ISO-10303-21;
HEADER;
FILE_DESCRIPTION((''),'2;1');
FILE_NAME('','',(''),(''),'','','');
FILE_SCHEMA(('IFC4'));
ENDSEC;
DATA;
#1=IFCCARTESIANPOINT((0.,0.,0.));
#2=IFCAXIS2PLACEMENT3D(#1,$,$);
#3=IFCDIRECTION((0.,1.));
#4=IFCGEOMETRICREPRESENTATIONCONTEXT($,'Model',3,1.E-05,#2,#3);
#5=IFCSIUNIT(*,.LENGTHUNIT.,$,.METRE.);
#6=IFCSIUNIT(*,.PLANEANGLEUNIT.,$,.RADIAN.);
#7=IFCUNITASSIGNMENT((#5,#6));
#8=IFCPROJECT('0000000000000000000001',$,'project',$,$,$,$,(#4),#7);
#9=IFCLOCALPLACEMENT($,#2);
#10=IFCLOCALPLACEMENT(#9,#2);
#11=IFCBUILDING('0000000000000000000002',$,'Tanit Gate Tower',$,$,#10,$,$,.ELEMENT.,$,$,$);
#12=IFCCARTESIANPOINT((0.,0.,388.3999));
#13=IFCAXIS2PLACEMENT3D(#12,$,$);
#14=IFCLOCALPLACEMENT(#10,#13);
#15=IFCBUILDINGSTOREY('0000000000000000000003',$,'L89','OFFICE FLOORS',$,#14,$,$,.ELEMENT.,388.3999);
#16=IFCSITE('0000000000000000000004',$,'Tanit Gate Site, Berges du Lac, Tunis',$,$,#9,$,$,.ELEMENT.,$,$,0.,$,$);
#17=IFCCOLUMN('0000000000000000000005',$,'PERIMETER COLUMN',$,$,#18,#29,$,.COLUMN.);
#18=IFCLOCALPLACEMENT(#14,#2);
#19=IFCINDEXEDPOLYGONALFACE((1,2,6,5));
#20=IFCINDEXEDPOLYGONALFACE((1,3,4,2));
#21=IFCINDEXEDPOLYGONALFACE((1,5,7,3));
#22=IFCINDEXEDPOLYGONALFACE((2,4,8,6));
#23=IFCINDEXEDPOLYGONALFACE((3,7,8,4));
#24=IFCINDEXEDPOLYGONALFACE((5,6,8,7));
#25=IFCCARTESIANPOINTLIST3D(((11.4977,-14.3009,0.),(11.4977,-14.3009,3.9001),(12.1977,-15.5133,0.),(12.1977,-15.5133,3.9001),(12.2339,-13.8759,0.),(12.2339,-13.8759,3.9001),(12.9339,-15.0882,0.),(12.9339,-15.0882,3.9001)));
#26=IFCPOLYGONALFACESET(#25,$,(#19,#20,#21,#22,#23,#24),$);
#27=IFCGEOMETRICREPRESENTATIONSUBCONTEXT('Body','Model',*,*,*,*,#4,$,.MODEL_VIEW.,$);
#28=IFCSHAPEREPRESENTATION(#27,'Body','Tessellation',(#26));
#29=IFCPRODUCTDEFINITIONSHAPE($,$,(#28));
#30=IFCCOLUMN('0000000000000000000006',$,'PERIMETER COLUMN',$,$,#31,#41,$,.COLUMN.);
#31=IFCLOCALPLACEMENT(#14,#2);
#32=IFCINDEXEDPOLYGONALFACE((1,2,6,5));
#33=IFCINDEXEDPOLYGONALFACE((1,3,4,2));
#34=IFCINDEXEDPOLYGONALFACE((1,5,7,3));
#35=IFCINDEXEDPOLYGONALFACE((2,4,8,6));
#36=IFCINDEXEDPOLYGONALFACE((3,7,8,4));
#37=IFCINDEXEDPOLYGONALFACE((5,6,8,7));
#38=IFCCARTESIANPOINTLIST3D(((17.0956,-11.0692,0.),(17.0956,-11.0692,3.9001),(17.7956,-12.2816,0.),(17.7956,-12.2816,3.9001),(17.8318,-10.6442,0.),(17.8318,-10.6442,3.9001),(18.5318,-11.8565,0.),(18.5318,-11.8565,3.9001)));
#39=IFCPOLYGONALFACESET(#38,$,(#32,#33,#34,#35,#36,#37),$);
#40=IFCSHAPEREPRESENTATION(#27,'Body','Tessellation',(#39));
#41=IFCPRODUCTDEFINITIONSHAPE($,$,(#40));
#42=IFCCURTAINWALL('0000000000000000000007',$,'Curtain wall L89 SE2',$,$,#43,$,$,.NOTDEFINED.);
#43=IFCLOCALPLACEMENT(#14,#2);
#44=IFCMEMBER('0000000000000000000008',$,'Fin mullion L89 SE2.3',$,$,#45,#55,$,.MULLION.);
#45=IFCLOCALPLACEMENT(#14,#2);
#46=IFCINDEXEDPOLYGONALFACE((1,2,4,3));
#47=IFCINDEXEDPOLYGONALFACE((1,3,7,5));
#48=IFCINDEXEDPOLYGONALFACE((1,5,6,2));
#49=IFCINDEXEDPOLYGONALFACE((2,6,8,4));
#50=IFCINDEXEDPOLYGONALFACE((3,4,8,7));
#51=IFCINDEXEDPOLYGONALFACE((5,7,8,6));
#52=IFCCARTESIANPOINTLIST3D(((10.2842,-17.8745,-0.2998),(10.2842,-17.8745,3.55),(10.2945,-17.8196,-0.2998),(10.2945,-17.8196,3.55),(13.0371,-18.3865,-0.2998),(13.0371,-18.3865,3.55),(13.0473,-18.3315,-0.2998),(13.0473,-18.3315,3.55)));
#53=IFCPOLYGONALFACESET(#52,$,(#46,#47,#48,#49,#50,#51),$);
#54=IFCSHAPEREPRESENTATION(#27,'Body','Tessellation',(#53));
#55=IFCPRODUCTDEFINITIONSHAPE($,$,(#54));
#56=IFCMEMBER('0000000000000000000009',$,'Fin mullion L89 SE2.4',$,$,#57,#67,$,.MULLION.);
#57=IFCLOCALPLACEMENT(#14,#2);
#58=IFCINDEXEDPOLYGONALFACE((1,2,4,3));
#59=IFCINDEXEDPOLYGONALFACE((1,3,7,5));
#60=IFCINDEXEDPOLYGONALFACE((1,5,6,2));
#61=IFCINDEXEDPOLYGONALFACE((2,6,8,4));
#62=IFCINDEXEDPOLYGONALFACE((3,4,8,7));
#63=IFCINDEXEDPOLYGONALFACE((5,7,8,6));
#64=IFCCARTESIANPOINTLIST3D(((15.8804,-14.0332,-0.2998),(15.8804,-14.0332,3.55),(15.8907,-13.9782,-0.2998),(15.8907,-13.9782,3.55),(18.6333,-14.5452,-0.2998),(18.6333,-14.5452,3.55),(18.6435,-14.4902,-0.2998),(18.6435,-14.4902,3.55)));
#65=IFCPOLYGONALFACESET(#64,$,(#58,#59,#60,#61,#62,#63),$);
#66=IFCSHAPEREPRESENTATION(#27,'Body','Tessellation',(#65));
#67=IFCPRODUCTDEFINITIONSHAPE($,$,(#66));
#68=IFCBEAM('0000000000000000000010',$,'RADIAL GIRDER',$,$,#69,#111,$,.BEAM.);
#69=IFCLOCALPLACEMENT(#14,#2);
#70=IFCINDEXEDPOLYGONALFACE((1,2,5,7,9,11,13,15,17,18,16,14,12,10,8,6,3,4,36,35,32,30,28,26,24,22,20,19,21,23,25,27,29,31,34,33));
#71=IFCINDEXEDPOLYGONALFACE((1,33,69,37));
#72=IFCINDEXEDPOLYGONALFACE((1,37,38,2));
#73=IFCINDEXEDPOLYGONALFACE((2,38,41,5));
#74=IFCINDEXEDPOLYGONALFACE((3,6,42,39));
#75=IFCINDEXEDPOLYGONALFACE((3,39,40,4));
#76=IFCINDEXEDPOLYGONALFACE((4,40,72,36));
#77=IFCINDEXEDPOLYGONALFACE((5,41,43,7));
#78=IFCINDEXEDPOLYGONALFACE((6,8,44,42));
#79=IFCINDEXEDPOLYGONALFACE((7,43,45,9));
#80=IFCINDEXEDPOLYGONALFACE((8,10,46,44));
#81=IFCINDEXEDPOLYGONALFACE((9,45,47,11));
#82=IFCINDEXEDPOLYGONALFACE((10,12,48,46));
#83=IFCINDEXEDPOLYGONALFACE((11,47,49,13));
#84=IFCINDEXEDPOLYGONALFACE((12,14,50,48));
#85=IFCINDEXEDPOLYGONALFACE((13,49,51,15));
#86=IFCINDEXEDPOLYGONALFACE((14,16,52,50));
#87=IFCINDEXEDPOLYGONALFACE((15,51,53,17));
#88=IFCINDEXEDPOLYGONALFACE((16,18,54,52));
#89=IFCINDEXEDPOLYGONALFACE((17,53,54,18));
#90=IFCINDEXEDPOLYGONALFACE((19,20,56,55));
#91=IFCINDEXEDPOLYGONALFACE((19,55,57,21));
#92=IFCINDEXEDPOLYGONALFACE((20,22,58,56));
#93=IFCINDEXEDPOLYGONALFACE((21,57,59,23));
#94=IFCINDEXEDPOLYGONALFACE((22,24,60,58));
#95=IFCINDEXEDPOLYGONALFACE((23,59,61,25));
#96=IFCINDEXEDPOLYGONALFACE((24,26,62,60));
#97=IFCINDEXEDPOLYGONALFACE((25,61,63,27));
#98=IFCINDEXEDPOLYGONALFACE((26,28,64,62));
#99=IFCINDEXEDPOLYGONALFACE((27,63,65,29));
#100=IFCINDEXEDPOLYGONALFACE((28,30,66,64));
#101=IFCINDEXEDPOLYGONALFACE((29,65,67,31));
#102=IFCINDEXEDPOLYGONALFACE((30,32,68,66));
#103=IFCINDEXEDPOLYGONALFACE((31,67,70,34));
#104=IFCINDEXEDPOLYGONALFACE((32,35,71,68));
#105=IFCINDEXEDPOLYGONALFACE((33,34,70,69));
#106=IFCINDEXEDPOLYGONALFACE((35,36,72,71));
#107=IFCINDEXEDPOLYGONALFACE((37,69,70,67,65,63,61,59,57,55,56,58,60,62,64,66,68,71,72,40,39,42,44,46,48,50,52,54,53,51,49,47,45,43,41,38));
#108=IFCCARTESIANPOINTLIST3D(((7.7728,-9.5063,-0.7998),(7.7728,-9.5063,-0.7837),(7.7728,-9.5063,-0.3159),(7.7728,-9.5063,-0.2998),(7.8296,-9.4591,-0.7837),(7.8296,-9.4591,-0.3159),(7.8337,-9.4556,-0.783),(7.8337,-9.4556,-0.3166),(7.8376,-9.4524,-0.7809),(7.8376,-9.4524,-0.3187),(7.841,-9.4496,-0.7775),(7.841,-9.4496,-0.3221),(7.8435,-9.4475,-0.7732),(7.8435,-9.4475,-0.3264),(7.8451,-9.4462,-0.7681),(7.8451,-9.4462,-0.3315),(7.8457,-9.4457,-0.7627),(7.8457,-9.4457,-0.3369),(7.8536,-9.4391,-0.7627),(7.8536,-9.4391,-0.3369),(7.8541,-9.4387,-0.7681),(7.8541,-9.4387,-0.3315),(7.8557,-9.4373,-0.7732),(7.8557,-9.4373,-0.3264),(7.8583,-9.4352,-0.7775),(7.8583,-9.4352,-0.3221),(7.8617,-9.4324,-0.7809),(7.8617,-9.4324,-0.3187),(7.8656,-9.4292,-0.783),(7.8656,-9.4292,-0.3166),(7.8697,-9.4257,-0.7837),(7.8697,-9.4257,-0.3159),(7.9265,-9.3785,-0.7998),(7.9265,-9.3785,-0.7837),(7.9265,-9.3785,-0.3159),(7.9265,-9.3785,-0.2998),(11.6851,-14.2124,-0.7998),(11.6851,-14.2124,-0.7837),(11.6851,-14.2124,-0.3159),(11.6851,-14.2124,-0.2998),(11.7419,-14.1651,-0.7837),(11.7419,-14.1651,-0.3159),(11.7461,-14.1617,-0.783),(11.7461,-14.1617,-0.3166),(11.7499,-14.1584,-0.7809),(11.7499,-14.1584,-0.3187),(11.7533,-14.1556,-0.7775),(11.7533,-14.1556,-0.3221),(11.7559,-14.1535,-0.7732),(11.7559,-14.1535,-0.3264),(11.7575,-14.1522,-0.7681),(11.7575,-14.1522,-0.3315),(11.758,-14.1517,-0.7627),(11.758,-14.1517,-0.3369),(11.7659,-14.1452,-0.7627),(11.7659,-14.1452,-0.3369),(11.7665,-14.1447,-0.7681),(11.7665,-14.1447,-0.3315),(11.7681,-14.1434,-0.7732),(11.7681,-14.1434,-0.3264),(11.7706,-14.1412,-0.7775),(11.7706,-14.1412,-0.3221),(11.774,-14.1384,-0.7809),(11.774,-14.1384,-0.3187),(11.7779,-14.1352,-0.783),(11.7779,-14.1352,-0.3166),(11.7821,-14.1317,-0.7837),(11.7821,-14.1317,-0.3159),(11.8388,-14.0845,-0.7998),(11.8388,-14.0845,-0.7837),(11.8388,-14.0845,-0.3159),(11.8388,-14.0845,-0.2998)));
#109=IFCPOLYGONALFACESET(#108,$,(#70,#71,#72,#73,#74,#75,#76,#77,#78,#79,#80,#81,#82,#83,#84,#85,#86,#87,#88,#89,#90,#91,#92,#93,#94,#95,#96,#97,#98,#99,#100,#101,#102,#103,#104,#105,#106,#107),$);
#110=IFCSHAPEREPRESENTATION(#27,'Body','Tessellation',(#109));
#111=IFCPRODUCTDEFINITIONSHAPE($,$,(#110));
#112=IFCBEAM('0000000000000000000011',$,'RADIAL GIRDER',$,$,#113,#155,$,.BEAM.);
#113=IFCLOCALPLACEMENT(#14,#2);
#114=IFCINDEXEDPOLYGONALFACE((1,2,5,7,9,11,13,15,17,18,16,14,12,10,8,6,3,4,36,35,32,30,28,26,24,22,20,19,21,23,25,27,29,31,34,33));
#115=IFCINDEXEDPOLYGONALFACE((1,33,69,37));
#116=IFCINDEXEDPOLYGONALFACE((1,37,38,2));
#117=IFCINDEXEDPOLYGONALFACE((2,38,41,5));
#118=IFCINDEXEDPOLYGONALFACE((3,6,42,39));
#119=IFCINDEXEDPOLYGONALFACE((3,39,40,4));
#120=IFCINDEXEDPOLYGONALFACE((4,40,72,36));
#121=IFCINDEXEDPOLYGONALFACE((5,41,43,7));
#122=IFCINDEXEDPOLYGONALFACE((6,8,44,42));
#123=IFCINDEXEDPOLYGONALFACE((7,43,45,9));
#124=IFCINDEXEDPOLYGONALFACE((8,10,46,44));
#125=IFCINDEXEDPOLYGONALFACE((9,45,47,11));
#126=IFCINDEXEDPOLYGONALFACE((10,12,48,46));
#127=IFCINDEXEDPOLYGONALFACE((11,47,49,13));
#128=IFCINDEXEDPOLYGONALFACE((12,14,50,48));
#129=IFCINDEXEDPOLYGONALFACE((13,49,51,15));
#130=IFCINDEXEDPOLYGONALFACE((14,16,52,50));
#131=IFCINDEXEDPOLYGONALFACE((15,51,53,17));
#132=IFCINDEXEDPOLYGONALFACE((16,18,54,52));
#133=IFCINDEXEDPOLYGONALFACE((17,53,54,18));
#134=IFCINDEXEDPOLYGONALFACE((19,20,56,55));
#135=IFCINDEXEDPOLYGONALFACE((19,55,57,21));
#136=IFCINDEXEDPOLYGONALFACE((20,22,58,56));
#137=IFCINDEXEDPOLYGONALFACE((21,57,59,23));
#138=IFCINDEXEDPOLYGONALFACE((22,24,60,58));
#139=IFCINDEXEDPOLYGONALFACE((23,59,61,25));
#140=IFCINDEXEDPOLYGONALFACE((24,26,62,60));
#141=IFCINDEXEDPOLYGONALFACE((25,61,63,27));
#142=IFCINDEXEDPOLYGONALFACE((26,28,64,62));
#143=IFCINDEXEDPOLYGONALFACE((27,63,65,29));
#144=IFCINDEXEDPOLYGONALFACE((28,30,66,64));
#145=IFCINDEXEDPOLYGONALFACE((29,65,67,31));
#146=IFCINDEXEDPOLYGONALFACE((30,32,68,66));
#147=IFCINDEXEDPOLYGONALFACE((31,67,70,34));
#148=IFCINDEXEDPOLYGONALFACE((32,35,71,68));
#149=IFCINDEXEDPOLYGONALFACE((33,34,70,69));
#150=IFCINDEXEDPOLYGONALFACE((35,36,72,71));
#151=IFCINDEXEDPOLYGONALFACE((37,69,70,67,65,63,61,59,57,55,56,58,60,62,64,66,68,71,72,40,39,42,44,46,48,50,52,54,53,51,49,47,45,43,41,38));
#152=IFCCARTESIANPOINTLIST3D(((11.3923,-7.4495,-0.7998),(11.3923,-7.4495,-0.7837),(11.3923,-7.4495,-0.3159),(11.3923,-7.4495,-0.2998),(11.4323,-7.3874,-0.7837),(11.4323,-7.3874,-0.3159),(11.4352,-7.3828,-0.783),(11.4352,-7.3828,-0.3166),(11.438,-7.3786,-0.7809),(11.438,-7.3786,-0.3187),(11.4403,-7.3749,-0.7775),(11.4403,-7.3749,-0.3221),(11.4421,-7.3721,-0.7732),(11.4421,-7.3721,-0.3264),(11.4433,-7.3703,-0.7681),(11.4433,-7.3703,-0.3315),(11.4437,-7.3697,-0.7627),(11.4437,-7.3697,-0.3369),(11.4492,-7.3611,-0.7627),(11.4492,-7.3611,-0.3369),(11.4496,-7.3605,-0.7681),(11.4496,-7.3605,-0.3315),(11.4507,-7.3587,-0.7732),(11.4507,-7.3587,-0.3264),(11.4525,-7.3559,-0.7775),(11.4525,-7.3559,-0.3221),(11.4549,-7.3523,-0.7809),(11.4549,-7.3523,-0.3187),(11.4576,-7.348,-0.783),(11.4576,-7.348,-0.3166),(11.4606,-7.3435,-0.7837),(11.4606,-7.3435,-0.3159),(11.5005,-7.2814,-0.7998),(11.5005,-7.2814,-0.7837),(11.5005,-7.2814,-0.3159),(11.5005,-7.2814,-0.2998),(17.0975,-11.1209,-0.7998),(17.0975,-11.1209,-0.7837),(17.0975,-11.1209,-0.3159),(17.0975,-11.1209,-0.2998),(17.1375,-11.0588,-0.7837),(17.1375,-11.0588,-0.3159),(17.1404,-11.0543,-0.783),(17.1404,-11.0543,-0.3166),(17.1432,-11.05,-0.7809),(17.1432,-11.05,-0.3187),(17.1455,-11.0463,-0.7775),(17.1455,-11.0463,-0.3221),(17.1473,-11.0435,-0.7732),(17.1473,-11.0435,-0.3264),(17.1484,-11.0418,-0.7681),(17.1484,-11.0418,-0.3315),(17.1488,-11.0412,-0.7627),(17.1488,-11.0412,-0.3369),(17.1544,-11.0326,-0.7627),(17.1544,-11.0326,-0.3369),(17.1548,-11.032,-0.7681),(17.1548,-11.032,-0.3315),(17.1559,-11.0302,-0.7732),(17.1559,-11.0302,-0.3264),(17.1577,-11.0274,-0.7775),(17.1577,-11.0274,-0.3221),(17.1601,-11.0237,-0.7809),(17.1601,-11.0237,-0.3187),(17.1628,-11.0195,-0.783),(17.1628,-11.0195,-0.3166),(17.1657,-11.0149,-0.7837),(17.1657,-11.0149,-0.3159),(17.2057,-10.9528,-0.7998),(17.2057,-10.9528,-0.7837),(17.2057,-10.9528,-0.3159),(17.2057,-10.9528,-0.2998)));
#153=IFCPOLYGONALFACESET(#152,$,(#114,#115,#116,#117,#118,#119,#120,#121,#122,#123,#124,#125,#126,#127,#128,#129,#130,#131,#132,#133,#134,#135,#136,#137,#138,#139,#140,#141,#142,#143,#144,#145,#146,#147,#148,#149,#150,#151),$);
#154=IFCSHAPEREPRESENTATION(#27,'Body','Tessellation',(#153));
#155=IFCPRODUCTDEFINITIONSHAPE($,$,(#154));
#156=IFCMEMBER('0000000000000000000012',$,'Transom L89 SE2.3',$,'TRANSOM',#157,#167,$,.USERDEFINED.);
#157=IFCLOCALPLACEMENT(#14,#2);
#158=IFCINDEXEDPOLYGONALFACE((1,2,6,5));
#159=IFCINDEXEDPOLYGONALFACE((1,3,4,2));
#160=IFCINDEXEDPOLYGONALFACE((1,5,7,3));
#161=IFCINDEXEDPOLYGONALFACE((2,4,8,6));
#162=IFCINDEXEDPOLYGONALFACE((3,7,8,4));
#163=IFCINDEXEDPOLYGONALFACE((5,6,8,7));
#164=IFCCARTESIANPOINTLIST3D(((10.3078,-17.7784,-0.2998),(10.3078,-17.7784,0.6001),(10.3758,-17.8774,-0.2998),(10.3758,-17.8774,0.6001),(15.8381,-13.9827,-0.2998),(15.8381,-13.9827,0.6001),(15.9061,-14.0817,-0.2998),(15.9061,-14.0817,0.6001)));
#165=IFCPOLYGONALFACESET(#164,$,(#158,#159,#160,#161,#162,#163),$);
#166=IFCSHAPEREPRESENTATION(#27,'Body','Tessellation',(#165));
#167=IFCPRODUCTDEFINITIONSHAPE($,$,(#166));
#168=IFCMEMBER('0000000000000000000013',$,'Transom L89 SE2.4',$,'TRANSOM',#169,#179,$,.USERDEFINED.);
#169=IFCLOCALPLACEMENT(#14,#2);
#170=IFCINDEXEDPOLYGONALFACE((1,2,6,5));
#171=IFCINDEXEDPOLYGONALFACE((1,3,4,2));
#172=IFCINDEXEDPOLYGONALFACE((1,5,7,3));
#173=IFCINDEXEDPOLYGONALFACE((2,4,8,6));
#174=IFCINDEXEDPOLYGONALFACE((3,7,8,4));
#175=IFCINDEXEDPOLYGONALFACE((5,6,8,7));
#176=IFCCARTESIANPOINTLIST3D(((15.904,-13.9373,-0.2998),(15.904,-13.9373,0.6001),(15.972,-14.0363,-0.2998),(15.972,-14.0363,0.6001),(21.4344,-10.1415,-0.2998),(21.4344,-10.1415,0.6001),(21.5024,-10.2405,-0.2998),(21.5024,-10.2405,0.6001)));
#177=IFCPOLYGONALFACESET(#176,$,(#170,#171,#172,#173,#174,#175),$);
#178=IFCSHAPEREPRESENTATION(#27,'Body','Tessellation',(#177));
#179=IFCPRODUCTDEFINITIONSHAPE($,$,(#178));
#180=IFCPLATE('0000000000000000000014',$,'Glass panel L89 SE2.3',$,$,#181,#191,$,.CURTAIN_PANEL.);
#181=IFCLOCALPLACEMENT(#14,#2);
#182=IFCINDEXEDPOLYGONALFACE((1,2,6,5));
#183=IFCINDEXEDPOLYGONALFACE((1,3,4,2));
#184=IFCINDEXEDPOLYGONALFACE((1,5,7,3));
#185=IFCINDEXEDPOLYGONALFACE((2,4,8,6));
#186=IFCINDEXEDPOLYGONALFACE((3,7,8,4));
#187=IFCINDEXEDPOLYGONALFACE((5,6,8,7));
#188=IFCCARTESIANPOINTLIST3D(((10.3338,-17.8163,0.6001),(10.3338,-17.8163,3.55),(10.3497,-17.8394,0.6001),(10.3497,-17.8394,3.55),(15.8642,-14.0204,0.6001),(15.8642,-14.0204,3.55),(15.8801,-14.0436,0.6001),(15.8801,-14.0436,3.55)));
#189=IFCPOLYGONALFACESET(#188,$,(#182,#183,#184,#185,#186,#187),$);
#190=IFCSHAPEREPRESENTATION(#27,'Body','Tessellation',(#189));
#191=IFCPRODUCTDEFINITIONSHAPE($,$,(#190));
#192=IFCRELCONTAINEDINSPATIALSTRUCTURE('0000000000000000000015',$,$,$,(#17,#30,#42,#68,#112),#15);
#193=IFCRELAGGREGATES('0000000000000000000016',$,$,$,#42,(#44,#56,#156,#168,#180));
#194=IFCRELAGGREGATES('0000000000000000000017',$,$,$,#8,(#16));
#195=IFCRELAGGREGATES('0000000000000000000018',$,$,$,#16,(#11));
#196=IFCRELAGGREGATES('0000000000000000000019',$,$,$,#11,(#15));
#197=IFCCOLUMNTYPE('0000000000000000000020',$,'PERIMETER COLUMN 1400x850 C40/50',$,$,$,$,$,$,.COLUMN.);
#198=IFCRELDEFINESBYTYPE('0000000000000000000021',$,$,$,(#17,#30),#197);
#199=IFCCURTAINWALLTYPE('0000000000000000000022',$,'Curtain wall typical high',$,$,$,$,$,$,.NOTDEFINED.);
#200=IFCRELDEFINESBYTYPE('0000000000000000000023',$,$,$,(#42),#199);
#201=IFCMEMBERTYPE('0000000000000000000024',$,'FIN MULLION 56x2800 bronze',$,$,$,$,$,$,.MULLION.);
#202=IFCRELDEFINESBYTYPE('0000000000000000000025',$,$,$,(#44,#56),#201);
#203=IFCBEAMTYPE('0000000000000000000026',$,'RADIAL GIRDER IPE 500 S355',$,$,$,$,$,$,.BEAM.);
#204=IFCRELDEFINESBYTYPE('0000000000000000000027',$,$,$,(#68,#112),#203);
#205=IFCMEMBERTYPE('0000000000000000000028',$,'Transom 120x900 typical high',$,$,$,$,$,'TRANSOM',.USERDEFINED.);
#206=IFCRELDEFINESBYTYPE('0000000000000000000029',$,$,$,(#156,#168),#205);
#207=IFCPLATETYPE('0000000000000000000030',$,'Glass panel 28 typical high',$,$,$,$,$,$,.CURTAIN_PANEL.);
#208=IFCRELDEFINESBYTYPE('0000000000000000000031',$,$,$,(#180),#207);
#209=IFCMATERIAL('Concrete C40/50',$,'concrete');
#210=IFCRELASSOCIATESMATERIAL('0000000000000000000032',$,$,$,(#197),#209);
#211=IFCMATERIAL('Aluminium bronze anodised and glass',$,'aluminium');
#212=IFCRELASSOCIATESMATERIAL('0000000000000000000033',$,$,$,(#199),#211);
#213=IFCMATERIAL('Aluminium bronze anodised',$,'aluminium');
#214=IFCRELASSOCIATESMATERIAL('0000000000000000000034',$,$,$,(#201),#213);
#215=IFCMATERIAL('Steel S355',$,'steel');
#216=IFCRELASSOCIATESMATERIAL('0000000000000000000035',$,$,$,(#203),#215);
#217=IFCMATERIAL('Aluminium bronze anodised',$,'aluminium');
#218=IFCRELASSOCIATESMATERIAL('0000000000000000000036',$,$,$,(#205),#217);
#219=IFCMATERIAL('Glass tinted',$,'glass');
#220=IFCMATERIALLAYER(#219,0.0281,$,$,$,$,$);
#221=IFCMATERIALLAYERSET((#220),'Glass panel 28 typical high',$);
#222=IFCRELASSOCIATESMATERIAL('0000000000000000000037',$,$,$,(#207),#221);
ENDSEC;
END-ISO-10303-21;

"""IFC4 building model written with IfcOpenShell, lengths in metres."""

from ifc_helpers import new_model, si_unit, direction, frame, origin, origin_2d, place, context, subcontext, project, spatial, rectangle, i_section, extrude, material, layer, layer_set, material_profile, profile_set, type_object, element, aggregate, save


model = new_model("IFC4")

# Units and contexts
model_context = context("Model", 3, precision=1e-05, world=origin(), true_north=direction((0.0, 1.0)))
body_context = subcontext(model_context, "Body", "Model", "MODEL_VIEW")
ifc_project = project(units=[si_unit("LENGTHUNIT", "METRE"), si_unit("PLANEANGLEUNIT", "RADIAN")], contexts=[model_context])

# Site, building, storey
site_placement = place(None, origin())
site = spatial("IfcSite", under=ifc_project, at=site_placement, Name="Tanit Gate Site, Berges du Lac, Tunis", CompositionType="ELEMENT", RefElevation=0.0)
building_placement = place(site_placement, origin())
building = spatial("IfcBuilding", under=site, at=building_placement, Name="Tanit Gate Tower", CompositionType="ELEMENT")
storey_placement = place(building_placement, frame((0.0, 0.0, 388.3999)))
storey = spatial("IfcBuildingStorey", under=building, at=storey_placement, Name="L89", Description="OFFICE FLOORS", CompositionType="ELEMENT", Elevation=388.3999)

# Columns
ifc_material_1 = material(Name="Concrete C40/50", Category="concrete")
ifc_material_profile_1 = material_profile(ifc_material_1, rectangle(XDim=1.3999, YDim=0.8501, at=origin_2d()), Name="RC 1400x850")
ifc_profile_set_1 = profile_set([ifc_material_profile_1], Name="Concrete C40/50")
column_type = type_object("IfcColumnType", Name="PERIMETER COLUMN 1400x850 C40/50", PredefinedType="COLUMN", material=ifc_profile_set_1)
for number, where, z_axis, x_axis, name in (
    (1, (12.2158, -14.6946, 0.0), (0.0, 0.0, 1.0), (0.5, -0.866025, 0.0), "PERIMETER COLUMN"),
    (2, (17.8137, -11.4629, 0.0), (0.0, 0.0, 1.0), (0.5, -0.866025, 0.0), "PERIMETER COLUMN"),
):
    element("IfcColumn", number, at=place(storey_placement, frame(where, z_axis=z_axis, x_axis=x_axis)), inside=storey, type_object=column_type, Name=name, PredefinedType="COLUMN", context=body_context, shape_type="SweptSolid", body=[
        extrude(rectangle(XDim=1.3999, YDim=0.8501, at=origin_2d()), origin(), (0.0, 0.0, 1.0), 3.9001),
    ])

# Curtain wall, members
ifc_material_2 = material(Name="Aluminium bronze anodised and glass", Category="aluminium")
curtain_wall_type = type_object("IfcCurtainWallType", Name="Curtain wall typical high", PredefinedType="NOTDEFINED", material=ifc_material_2)
curtain_wall_placement = place(storey_placement, origin())
curtain_wall = element("IfcCurtainWall", 3, at=curtain_wall_placement, inside=storey, type_object=curtain_wall_type, Name="Curtain wall L89 SE2", PredefinedType="NOTDEFINED")
ifc_material_3 = material(Name="Aluminium bronze anodised", Category="aluminium")
ifc_material_profile_2 = material_profile(ifc_material_3, rectangle(XDim=2.8, YDim=0.0559, at=origin_2d()), Name="56x2800 bronze fin mullion")
ifc_profile_set_2 = profile_set([ifc_material_profile_2], Name="Aluminium bronze anodised")
member_type_1 = type_object("IfcMemberType", Name="FIN MULLION 56x2800 bronze", PredefinedType="MULLION", material=ifc_profile_set_2)
member_1_placement = place(storey_placement, frame((11.6658, -18.103, -0.2998), z_axis=(0.0, 0.0, 1.0), x_axis=(-0.983141, 0.182847, 0.0)))
member_1 = element("IfcMember", 4, at=member_1_placement, type_object=member_type_1, Name="Fin mullion L89 SE2.3", PredefinedType="MULLION", context=body_context, shape_type="SweptSolid", body=[
    extrude(rectangle(XDim=2.8, YDim=0.0559, at=origin_2d()), origin(), (0.0, 0.0, 1.0), 3.8499),
])
member_2_placement = place(storey_placement, frame((17.262, -14.2617, -0.2998), z_axis=(0.0, 0.0, 1.0), x_axis=(-0.983141, 0.182847, 0.0)))
member_2 = element("IfcMember", 5, at=member_2_placement, type_object=member_type_1, Name="Fin mullion L89 SE2.4", PredefinedType="MULLION", context=body_context, shape_type="SweptSolid", body=[
    extrude(rectangle(XDim=2.8, YDim=0.0559, at=origin_2d()), origin(), (0.0, 0.0, 1.0), 3.8499),
])

# Beams
ifc_material_4 = material(Name="Steel S355", Category="steel")
ifc_material_profile_3 = material_profile(ifc_material_4, i_section(OverallWidth=0.2, OverallDepth=0.5, WebThickness=0.0103, FlangeThickness=0.0161, FilletRadius=0.021, at=origin_2d()), Name="IPE 500")
ifc_profile_set_3 = profile_set([ifc_material_profile_3], Name="Steel S355")
beam_type = type_object("IfcBeamType", Name="RADIAL GIRDER IPE 500 S355", PredefinedType="BEAM", material=ifc_profile_set_3)
beam_1_placement = place(storey_placement, frame((11.762, -14.1484, -0.5498), z_axis=(-0.639281, 0.768973, 0.0), x_axis=(-0.768973, -0.639281, 0.0)))
element("IfcBeam", 6, at=beam_1_placement, inside=storey, type_object=beam_type, Name="RADIAL GIRDER", PredefinedType="BEAM", context=body_context, shape_type="SweptSolid", body=[
    extrude(i_section(OverallWidth=0.2, OverallDepth=0.5, WebThickness=0.0103, FlangeThickness=0.0161, FilletRadius=0.021, at=origin_2d()), origin(), (0.0, 0.0, 1.0), 6.1199),
])
beam_2_placement = place(storey_placement, frame((17.1516, -11.0369, -0.5498), z_axis=(-0.840921, 0.541158, 0.0), x_axis=(-0.541158, -0.840921, 0.0)))
element("IfcBeam", 7, at=beam_2_placement, inside=storey, type_object=beam_type, Name="RADIAL GIRDER", PredefinedType="BEAM", context=body_context, shape_type="SweptSolid", body=[
    extrude(i_section(OverallWidth=0.2, OverallDepth=0.5, WebThickness=0.0103, FlangeThickness=0.0161, FilletRadius=0.021, at=origin_2d()), origin(), (0.0, 0.0, 1.0), 6.7844),
])

# Members
ifc_material_5 = material(Name="Aluminium bronze anodised", Category="aluminium")
ifc_material_profile_4 = material_profile(ifc_material_5, rectangle(XDim=0.1201, YDim=0.8999, at=origin_2d()), Name="120x900 bronze transom")
ifc_profile_set_4 = profile_set([ifc_material_profile_4], Name="Aluminium bronze anodised")
member_type_2 = type_object("IfcMemberType", Name="Transom 120x900 typical high", ElementType="TRANSOM", PredefinedType="USERDEFINED", material=ifc_profile_set_4)
member_3_placement = place(storey_placement, frame((10.3418, -17.8279, 0.1501), z_axis=(0.824488, 0.56588, 0.0), x_axis=(-0.56588, 0.824488, 0.0)))
member_3 = element("IfcMember", 8, at=member_3_placement, type_object=member_type_2, Name="Transom L89 SE2.3", ObjectType="TRANSOM", PredefinedType="USERDEFINED", context=body_context, shape_type="SweptSolid", body=[
    extrude(rectangle(XDim=0.1201, YDim=0.8999, at=origin_2d()), origin(), (0.0, 0.0, 1.0), 6.7075),
])
member_4_placement = place(storey_placement, frame((15.938, -13.9868, 0.1501), z_axis=(0.824482, 0.565888, 0.0), x_axis=(-0.565888, 0.824482, 0.0)))
member_4 = element("IfcMember", 9, at=member_4_placement, type_object=member_type_2, Name="Transom L89 SE2.4", ObjectType="TRANSOM", PredefinedType="USERDEFINED", context=body_context, shape_type="SweptSolid", body=[
    extrude(rectangle(XDim=0.1201, YDim=0.8999, at=origin_2d()), origin(), (0.0, 0.0, 1.0), 6.7078),
])

# Plate
ifc_material_6 = material(Name="Glass tinted", Category="glass")
ifc_layer_1 = layer(ifc_material_6, 0.0281)
ifc_layer_set_1 = layer_set([ifc_layer_1], Name="Glass panel 28 typical high")
plate_type = type_object("IfcPlateType", Name="Glass panel 28 typical high", PredefinedType="CURTAIN_PANEL", material=ifc_layer_set_1)
plate_1_placement = place(storey_placement, frame((13.1069, -15.9299, 0.6001), z_axis=(0.0, 0.0, 1.0), x_axis=(0.824479, 0.565893, 0.0)))
plate_1 = element("IfcPlate", 10, at=plate_1_placement, type_object=plate_type, Name="Glass panel L89 SE2.3", PredefinedType="CURTAIN_PANEL", context=body_context, shape_type="SweptSolid", body=[
    extrude(rectangle(XDim=6.7078, YDim=0.0281, at=origin_2d()), origin(), (0.0, 0.0, 1.0), 2.95),
])
aggregate(curtain_wall, [member_1, member_2, member_3, member_4, plate_1])

save(model, "model.ifc")
